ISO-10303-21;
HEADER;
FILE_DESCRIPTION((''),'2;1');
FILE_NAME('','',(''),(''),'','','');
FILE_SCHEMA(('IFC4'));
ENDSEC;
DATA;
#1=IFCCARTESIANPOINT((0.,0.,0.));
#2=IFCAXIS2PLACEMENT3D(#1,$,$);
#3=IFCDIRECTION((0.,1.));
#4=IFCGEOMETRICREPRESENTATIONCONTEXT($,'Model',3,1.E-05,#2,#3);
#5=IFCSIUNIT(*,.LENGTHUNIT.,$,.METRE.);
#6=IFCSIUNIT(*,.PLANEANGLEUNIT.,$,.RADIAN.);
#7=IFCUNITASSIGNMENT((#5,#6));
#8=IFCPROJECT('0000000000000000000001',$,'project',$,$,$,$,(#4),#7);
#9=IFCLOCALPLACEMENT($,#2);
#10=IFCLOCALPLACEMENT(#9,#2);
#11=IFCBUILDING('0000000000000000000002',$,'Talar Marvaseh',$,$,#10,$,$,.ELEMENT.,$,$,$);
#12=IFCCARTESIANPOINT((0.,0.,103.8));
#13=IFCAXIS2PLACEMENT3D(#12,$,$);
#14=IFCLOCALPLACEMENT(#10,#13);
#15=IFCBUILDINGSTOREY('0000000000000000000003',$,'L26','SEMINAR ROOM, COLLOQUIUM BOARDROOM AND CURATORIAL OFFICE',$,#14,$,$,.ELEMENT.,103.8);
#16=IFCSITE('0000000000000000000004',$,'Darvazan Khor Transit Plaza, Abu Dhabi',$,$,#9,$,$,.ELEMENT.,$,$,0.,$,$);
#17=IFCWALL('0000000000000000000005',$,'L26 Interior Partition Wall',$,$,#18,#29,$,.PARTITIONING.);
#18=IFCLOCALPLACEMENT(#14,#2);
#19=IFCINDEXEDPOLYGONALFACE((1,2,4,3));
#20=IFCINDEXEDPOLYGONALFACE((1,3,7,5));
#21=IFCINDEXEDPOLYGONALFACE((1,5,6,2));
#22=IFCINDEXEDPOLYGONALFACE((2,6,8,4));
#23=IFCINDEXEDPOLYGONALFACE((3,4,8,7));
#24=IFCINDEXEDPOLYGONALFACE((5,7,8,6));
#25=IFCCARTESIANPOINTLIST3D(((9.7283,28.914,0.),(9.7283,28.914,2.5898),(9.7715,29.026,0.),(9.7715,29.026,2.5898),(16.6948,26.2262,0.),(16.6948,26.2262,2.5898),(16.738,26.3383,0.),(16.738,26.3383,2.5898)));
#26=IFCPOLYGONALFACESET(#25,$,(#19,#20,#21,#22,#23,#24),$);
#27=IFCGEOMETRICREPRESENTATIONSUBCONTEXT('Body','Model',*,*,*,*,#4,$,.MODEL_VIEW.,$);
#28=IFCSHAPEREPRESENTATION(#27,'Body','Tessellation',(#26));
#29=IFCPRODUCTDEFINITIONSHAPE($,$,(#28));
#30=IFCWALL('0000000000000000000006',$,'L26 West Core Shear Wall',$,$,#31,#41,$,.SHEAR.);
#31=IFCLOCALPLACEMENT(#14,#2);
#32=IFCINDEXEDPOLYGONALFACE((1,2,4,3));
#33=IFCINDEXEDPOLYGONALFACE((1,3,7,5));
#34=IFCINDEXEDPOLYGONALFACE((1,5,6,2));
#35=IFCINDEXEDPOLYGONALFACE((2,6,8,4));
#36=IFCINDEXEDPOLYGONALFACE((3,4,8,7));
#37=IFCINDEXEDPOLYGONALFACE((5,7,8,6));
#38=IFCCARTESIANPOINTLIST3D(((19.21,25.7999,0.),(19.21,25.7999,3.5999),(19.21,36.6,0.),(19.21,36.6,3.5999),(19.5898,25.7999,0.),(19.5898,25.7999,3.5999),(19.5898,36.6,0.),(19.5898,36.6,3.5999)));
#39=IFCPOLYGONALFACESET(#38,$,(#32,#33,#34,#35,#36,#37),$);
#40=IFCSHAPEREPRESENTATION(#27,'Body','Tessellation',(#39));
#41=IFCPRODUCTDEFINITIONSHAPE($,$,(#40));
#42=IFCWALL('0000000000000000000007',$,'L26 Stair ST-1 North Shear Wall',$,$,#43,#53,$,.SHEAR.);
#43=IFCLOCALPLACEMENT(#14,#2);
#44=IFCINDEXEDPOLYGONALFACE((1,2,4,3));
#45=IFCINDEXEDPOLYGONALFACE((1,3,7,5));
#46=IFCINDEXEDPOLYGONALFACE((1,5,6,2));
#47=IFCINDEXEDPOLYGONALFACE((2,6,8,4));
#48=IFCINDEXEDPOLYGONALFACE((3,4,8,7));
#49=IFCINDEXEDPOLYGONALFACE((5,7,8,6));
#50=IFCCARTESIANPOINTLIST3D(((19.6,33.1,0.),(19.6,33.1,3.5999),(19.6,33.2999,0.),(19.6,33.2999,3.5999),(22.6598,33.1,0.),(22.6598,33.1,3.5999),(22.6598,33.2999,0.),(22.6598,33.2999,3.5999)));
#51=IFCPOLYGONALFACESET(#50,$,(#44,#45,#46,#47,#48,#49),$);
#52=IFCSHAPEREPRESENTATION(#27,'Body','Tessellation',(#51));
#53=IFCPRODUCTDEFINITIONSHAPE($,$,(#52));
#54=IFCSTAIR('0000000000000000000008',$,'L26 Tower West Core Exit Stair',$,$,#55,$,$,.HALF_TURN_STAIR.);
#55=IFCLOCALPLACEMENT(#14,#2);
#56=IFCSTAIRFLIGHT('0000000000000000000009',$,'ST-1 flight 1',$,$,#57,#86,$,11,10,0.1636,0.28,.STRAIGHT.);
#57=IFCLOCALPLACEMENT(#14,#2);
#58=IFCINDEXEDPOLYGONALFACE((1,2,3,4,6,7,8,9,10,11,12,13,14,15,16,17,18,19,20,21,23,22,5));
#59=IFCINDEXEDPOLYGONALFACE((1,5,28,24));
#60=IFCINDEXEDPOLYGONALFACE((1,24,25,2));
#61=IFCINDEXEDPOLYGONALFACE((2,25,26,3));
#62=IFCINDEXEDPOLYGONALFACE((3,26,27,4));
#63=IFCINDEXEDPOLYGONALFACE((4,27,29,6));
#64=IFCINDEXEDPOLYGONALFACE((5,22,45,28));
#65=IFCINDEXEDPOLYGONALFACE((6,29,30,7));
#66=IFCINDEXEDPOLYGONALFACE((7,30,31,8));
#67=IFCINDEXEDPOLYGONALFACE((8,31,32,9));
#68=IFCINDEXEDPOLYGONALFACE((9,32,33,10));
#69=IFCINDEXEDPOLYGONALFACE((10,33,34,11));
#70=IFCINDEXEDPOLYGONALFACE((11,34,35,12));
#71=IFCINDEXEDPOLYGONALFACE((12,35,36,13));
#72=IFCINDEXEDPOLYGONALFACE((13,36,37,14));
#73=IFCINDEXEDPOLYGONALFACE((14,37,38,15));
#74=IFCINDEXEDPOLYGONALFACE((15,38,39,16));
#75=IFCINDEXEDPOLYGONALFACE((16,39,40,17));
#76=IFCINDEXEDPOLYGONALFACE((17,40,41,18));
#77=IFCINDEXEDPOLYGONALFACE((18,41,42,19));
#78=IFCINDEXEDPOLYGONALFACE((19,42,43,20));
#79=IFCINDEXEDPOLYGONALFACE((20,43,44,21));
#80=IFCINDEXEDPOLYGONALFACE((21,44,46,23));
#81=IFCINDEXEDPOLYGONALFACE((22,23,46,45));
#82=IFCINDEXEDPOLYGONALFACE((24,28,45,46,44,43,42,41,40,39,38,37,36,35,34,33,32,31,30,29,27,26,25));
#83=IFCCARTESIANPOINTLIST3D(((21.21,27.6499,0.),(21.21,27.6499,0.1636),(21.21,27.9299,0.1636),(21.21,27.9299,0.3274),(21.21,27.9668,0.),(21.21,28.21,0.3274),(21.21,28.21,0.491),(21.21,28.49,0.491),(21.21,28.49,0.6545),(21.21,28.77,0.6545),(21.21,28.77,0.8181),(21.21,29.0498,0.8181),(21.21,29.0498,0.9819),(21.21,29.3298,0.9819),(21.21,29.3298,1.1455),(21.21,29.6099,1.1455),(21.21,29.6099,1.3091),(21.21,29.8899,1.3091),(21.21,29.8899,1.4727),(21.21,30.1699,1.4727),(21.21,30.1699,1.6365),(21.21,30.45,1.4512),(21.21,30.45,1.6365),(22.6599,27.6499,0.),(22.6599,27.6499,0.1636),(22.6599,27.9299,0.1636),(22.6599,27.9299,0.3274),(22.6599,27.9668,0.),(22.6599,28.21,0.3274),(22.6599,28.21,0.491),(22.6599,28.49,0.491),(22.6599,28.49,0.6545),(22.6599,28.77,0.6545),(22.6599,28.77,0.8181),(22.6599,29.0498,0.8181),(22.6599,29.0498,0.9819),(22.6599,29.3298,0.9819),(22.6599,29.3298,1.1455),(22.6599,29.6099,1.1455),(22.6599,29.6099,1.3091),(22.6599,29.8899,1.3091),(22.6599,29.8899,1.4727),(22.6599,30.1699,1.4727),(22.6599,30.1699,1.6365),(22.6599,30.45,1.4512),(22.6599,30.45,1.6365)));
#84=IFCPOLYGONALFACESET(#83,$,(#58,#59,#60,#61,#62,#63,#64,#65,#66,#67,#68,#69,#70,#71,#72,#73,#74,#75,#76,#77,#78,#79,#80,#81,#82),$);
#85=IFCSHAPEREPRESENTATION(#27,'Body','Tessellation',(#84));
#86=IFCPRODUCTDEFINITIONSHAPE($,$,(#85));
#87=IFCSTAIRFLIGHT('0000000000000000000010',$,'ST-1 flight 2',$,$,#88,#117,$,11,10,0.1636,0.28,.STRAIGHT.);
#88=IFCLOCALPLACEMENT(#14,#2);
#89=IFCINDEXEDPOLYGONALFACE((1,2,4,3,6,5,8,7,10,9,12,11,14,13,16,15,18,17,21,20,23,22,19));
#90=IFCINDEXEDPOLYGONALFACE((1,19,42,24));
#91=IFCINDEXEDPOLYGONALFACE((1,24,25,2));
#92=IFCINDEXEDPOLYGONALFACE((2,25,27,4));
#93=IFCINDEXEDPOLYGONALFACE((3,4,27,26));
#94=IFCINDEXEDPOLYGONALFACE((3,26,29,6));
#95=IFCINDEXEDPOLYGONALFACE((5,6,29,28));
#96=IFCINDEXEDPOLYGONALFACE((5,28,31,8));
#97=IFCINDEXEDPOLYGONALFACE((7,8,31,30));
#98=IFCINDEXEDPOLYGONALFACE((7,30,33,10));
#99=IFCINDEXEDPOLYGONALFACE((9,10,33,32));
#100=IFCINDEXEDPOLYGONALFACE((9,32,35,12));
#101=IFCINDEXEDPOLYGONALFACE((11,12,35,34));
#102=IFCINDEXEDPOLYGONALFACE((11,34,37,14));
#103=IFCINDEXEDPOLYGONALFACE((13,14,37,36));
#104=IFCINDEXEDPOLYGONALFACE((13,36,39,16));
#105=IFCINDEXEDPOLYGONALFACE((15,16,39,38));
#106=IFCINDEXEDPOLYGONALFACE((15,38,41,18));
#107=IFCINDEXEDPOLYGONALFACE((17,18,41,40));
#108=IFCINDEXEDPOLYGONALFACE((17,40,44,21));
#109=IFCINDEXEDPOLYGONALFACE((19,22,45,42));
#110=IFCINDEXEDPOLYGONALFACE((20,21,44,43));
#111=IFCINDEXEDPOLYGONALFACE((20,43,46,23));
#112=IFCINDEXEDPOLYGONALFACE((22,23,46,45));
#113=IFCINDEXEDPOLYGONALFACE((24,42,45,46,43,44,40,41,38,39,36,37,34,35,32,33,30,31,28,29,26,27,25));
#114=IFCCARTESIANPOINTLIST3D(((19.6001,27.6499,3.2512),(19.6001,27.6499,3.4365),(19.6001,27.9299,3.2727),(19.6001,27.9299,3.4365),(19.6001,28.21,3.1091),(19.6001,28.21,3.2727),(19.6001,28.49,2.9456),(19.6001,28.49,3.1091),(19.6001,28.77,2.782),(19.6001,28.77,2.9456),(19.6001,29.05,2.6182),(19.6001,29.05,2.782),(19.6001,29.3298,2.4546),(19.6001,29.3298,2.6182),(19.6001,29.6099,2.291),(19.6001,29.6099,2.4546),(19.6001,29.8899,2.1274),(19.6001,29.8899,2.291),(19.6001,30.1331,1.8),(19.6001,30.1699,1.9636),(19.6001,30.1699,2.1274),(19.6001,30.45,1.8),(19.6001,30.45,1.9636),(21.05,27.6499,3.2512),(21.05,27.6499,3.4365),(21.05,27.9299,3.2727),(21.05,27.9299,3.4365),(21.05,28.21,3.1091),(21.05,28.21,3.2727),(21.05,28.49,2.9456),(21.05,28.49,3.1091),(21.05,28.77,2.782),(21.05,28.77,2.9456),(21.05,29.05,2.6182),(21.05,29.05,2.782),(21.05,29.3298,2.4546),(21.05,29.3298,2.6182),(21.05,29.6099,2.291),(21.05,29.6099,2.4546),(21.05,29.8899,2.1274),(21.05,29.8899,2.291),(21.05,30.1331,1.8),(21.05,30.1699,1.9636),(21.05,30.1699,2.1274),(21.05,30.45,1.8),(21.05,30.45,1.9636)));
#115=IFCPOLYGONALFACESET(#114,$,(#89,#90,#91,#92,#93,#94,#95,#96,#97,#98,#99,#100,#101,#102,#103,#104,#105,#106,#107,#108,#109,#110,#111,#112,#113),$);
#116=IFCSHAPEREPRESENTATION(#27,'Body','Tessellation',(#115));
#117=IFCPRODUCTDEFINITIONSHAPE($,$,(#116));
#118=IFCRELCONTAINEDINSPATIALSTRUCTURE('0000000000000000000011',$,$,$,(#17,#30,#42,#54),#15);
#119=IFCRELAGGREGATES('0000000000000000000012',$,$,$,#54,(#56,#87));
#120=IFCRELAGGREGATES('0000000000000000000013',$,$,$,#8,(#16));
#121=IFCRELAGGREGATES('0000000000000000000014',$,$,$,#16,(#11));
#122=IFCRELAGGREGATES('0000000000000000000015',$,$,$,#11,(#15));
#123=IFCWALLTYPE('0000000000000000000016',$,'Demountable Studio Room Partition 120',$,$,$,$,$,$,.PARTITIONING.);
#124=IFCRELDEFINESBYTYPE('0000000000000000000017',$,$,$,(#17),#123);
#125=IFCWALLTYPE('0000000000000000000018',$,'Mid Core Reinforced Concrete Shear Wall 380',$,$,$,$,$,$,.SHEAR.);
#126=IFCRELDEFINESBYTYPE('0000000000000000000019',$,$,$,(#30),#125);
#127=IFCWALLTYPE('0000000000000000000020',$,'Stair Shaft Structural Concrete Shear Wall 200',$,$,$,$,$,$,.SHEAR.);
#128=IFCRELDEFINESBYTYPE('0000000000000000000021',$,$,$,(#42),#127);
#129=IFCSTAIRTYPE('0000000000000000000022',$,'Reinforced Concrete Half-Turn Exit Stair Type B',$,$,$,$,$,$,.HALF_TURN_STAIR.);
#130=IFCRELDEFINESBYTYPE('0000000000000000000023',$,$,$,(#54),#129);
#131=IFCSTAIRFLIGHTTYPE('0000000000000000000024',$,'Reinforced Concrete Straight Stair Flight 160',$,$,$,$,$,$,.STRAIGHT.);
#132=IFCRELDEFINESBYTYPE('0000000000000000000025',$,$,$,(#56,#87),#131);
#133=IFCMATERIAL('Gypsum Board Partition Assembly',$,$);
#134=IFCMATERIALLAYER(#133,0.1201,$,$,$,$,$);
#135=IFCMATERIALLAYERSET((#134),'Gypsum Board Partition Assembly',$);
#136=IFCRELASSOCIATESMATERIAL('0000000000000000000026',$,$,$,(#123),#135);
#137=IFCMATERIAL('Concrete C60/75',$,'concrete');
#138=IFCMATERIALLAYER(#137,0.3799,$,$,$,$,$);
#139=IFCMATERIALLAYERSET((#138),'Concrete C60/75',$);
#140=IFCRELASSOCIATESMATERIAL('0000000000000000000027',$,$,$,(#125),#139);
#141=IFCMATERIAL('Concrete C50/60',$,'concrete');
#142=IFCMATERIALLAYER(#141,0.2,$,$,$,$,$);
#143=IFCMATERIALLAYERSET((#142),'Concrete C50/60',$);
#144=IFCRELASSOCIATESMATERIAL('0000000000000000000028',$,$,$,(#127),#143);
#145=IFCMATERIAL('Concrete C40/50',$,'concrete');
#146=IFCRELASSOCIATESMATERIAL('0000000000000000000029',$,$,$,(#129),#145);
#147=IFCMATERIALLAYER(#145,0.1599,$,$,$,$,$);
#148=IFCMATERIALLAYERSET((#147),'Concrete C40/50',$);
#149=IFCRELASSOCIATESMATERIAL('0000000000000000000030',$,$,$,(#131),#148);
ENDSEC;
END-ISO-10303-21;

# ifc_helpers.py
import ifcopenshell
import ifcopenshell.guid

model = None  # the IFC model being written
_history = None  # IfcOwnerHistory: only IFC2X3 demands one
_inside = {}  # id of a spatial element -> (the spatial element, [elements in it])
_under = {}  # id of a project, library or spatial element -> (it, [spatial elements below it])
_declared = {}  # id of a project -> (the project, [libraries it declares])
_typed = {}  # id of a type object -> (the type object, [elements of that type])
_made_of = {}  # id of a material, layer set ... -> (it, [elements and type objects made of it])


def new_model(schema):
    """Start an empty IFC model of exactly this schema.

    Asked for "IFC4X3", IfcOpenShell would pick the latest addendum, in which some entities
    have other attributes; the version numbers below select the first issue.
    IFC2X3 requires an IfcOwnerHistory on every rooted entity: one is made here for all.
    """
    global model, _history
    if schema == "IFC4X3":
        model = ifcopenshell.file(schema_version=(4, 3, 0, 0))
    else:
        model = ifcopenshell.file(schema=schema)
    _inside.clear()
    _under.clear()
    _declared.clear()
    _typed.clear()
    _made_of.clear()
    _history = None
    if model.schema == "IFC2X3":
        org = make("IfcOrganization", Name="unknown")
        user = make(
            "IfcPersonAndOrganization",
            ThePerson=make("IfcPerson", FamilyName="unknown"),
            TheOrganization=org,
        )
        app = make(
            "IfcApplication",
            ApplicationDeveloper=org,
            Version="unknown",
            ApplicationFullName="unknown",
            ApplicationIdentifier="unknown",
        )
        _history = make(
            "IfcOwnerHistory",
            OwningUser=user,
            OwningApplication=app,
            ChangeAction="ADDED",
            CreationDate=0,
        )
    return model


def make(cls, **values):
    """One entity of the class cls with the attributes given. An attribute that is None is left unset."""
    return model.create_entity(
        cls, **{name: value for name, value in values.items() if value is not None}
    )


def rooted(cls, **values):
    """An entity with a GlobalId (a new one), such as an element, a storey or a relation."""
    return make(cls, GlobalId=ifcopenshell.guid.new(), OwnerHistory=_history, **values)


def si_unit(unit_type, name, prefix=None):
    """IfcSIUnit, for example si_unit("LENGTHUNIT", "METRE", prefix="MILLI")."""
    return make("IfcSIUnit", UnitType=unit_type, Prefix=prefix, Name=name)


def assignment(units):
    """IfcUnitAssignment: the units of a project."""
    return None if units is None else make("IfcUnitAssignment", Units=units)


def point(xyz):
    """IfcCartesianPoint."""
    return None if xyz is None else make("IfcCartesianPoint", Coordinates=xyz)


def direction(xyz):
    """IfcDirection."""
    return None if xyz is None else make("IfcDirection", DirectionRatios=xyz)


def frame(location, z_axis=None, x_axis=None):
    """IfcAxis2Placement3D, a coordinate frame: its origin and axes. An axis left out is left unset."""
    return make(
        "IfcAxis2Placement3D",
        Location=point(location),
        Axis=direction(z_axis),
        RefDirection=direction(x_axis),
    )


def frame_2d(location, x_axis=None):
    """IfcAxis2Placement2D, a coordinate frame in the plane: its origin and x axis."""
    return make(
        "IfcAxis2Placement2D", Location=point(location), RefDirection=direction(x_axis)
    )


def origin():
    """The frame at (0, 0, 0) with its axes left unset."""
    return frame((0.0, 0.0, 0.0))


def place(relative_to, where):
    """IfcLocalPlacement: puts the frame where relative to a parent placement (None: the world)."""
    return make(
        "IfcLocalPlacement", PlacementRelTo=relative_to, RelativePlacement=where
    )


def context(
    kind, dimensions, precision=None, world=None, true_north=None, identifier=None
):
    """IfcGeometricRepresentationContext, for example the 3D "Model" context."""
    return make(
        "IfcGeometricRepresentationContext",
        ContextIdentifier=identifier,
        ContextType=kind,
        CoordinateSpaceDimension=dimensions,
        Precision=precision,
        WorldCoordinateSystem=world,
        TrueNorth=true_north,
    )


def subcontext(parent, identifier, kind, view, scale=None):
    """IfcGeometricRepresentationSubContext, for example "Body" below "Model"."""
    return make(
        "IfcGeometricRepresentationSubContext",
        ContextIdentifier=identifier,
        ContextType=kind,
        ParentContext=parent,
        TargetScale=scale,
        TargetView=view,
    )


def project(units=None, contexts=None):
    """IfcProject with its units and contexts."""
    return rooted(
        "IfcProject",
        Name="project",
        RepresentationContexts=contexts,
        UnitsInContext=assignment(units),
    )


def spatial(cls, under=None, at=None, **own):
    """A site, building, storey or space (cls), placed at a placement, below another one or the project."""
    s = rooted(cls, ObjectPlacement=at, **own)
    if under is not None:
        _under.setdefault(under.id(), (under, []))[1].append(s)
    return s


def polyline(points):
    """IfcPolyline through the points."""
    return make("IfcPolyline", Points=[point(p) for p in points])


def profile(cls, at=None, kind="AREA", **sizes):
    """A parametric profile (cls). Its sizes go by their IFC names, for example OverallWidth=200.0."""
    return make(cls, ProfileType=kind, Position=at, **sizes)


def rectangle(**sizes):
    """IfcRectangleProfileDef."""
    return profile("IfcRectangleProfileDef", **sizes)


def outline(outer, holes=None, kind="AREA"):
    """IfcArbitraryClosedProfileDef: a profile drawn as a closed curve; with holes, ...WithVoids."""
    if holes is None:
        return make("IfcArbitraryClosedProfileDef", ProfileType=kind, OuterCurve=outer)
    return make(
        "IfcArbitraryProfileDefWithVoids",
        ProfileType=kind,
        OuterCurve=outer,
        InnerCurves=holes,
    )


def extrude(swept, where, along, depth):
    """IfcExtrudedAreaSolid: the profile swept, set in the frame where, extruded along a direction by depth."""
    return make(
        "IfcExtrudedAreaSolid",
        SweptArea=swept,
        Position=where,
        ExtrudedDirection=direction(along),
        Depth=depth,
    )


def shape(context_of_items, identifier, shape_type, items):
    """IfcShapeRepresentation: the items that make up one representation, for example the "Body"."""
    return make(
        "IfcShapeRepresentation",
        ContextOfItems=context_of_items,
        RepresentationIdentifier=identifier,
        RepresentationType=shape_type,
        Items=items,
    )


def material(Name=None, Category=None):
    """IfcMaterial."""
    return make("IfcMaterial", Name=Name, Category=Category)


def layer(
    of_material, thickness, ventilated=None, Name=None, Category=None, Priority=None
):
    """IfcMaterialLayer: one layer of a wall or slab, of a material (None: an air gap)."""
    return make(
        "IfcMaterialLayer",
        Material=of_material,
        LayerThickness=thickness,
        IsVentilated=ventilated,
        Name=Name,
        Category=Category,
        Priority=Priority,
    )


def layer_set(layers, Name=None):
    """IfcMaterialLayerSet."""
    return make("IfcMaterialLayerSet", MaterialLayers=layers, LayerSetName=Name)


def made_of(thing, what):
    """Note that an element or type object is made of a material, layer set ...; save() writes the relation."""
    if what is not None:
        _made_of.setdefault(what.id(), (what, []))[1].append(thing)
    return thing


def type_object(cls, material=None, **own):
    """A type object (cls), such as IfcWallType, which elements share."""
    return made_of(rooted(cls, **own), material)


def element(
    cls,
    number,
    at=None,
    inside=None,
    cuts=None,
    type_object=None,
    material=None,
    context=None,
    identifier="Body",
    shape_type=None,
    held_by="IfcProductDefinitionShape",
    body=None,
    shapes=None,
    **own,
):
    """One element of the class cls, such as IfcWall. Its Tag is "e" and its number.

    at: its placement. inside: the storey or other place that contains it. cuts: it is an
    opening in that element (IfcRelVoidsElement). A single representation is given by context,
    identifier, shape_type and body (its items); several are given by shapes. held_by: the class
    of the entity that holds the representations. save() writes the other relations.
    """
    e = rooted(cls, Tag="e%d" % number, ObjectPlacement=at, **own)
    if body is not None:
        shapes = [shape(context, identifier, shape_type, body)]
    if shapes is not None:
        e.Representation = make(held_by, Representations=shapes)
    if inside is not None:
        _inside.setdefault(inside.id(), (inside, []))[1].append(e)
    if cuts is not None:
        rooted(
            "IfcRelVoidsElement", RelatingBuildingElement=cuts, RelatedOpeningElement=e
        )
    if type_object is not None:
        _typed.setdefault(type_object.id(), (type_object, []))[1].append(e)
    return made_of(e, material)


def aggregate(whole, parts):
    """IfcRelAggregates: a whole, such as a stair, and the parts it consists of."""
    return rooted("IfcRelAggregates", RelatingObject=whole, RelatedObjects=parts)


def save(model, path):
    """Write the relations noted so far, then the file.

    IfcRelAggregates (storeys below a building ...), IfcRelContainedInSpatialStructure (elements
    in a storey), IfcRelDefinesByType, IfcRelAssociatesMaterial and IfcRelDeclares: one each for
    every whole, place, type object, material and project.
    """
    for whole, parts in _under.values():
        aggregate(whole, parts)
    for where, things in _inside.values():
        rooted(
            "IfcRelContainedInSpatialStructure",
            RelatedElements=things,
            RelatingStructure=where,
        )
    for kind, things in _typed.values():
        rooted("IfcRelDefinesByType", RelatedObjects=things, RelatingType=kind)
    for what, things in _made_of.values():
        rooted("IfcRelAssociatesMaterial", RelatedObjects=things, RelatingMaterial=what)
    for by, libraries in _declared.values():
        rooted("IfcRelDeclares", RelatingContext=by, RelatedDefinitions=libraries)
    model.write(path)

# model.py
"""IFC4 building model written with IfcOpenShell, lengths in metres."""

from ifc_helpers import new_model, si_unit, direction, frame, frame_2d, origin, place, context, subcontext, project, spatial, polyline, rectangle, outline, extrude, material, layer, layer_set, type_object, element, aggregate, save


model = new_model("IFC4")

# Units and contexts
model_context = context("Model", 3, precision=1e-05, world=origin(), true_north=direction((0.0, 1.0)))
body_context = subcontext(model_context, "Body", "Model", "MODEL_VIEW")
ifc_project = project(units=[si_unit("LENGTHUNIT", "METRE"), si_unit("PLANEANGLEUNIT", "RADIAN")], contexts=[model_context])

# Site, building, storey
site_placement = place(None, origin())
site = spatial("IfcSite", under=ifc_project, at=site_placement, Name="Darvazan Khor Transit Plaza, Abu Dhabi", CompositionType="ELEMENT", RefElevation=0.0)
building_placement = place(site_placement, origin())
building = spatial("IfcBuilding", under=site, at=building_placement, Name="Talar Marvaseh", CompositionType="ELEMENT")
storey_placement = place(building_placement, frame((0.0, 0.0, 103.8)))
storey = spatial("IfcBuildingStorey", under=building, at=storey_placement, Name="L26", Description="SEMINAR ROOM, COLLOQUIUM BOARDROOM AND CURATORIAL OFFICE", CompositionType="ELEMENT", Elevation=103.8)

# Shared definitions
ifc_material_1 = material(Name="Gypsum Board Partition Assembly")

# Walls
ifc_layer_1 = layer(ifc_material_1, 0.1201)
ifc_layer_set_1 = layer_set([ifc_layer_1], Name="Gypsum Board Partition Assembly")
wall_type_1 = type_object("IfcWallType", Name="Demountable Studio Room Partition 120", PredefinedType="PARTITIONING", material=ifc_layer_set_1)
wall_1_placement = place(storey_placement, frame((9.75, 28.97, 0.0), z_axis=(0.0, 0.0, 1.0), x_axis=(0.932973, -0.359947, 0.0)))
element("IfcWall", 1, at=wall_1_placement, inside=storey, type_object=wall_type_1, Name="L26 Interior Partition Wall", PredefinedType="PARTITIONING", context=body_context, shape_type="SweptSolid", body=[
    extrude(rectangle(XDim=7.467, YDim=0.1201, at=frame_2d((3.7334, 0.0))), origin(), (0.0, 0.0, 1.0), 2.5898),
])
ifc_material_2 = material(Name="Concrete C60/75", Category="concrete")
ifc_layer_2 = layer(ifc_material_2, 0.3799)
ifc_layer_set_2 = layer_set([ifc_layer_2], Name="Concrete C60/75")
wall_type_2 = type_object("IfcWallType", Name="Mid Core Reinforced Concrete Shear Wall 380", PredefinedType="SHEAR", material=ifc_layer_set_2)
wall_2_placement = place(storey_placement, frame((19.3999, 25.8, 0.0), z_axis=(0.0, 0.0, 1.0), x_axis=(0.0, 1.0, 0.0)))
element("IfcWall", 2, at=wall_2_placement, inside=storey, type_object=wall_type_2, Name="L26 West Core Shear Wall", PredefinedType="SHEAR", context=body_context, shape_type="SweptSolid", body=[
    extrude(rectangle(XDim=10.8, YDim=0.3799, at=frame_2d((5.3999, 0.0))), origin(), (0.0, 0.0, 1.0), 3.5999),
])
ifc_material_3 = material(Name="Concrete C50/60", Category="concrete")
ifc_layer_3 = layer(ifc_material_3, 0.2)
ifc_layer_set_3 = layer_set([ifc_layer_3], Name="Concrete C50/60")
wall_type_3 = type_object("IfcWallType", Name="Stair Shaft Structural Concrete Shear Wall 200", PredefinedType="SHEAR", material=ifc_layer_set_3)
wall_3_placement = place(storey_placement, frame((19.6001, 33.2, 0.0), z_axis=(0.0, 0.0, 1.0), x_axis=(1.0, 0.0, 0.0)))
element("IfcWall", 3, at=wall_3_placement, inside=storey, type_object=wall_type_3, Name="L26 Stair ST-1 North Shear Wall", PredefinedType="SHEAR", context=body_context, shape_type="SweptSolid", body=[
    extrude(rectangle(XDim=3.0598, YDim=0.2, at=frame_2d((1.5298, 0.0))), origin(), (0.0, 0.0, 1.0), 3.5999),
])

# Stair, stair flights
ifc_material_4 = material(Name="Concrete C40/50", Category="concrete")
stair_type = type_object("IfcStairType", Name="Reinforced Concrete Half-Turn Exit Stair Type B", PredefinedType="HALF_TURN_STAIR", material=ifc_material_4)
stair_placement = place(storey_placement, origin())
stair = element("IfcStair", 4, at=stair_placement, inside=storey, type_object=stair_type, Name="L26 Tower West Core Exit Stair", PredefinedType="HALF_TURN_STAIR")
ifc_layer_4 = layer(ifc_material_4, 0.1599)
ifc_layer_set_4 = layer_set([ifc_layer_4], Name="Concrete C40/50")
stair_flight_type = type_object("IfcStairFlightType", Name="Reinforced Concrete Straight Stair Flight 160", PredefinedType="STRAIGHT", material=ifc_layer_set_4)
stair_flight_1_placement = place(storey_placement, frame((21.9351, 27.6499, 0.0), z_axis=(0.0, 0.0, 1.0), x_axis=(0.0, 1.0, 0.0)))
stair_flight_1 = element("IfcStairFlight", 5, at=stair_flight_1_placement, type_object=stair_flight_type, Name="ST-1 flight 1", NumberOfRisers=11, NumberOfTreads=10, PredefinedType="STRAIGHT", RiserHeight=0.1636, TreadLength=0.28, context=body_context, shape_type="SweptSolid", body=[
    extrude(outline(polyline([(0.0, 0.0), (0.0, 0.1636), (0.28, 0.1636), (0.28, 0.3274), (0.5601, 0.3274), (0.5601, 0.491), (0.8401, 0.491), (0.8401, 0.6545), (1.1201, 0.6545), (1.1201, 0.8181), (1.3999, 0.8181), (1.3999, 0.9819), (1.6799, 0.9819), (1.6799, 1.1455), (1.96, 1.1455), (1.96, 1.3091), (2.24, 1.3091), (2.24, 1.4727), (2.52, 1.4727), (2.52, 1.6365), (2.8, 1.6365), (2.8, 1.8), (2.8, 1.4512), (0.3169, 0.0), (0.0, 0.0)])), frame((0.0, 0.7251, 0.0), z_axis=(0.0, -1.0, 0.0), x_axis=(1.0, 0.0, 0.0)), (0.0, 0.0, 1.0), 1.45),
])
stair_flight_2_placement = place(storey_placement, frame((20.325, 30.45, 1.8), z_axis=(0.0, 0.0, 1.0), x_axis=(0.0, -1.0, 0.0)))
stair_flight_2 = element("IfcStairFlight", 6, at=stair_flight_2_placement, type_object=stair_flight_type, Name="ST-1 flight 2", NumberOfRisers=11, NumberOfTreads=10, PredefinedType="STRAIGHT", RiserHeight=0.1636, TreadLength=0.28, context=body_context, shape_type="SweptSolid", body=[
    extrude(outline(polyline([(0.0, 0.0), (0.0, 0.1636), (0.28, 0.1636), (0.28, 0.3274), (0.5601, 0.3274), (0.5601, 0.491), (0.8401, 0.491), (0.8401, 0.6545), (1.1201, 0.6545), (1.1201, 0.8181), (1.3999, 0.8181), (1.3999, 0.9819), (1.6799, 0.9819), (1.6799, 1.1455), (1.96, 1.1455), (1.96, 1.3091), (2.24, 1.3091), (2.24, 1.4727), (2.52, 1.4727), (2.52, 1.6365), (2.8, 1.6365), (2.8, 1.8), (2.8, 1.4512), (0.3169, 0.0), (0.0, 0.0)])), frame((0.0, 0.7251, 0.0), z_axis=(0.0, -1.0, 0.0), x_axis=(1.0, 0.0, 0.0)), (0.0, 0.0, 1.0), 1.45),
])
aggregate(stair, [stair_flight_1, stair_flight_2])

save(model, "model.ifc")
